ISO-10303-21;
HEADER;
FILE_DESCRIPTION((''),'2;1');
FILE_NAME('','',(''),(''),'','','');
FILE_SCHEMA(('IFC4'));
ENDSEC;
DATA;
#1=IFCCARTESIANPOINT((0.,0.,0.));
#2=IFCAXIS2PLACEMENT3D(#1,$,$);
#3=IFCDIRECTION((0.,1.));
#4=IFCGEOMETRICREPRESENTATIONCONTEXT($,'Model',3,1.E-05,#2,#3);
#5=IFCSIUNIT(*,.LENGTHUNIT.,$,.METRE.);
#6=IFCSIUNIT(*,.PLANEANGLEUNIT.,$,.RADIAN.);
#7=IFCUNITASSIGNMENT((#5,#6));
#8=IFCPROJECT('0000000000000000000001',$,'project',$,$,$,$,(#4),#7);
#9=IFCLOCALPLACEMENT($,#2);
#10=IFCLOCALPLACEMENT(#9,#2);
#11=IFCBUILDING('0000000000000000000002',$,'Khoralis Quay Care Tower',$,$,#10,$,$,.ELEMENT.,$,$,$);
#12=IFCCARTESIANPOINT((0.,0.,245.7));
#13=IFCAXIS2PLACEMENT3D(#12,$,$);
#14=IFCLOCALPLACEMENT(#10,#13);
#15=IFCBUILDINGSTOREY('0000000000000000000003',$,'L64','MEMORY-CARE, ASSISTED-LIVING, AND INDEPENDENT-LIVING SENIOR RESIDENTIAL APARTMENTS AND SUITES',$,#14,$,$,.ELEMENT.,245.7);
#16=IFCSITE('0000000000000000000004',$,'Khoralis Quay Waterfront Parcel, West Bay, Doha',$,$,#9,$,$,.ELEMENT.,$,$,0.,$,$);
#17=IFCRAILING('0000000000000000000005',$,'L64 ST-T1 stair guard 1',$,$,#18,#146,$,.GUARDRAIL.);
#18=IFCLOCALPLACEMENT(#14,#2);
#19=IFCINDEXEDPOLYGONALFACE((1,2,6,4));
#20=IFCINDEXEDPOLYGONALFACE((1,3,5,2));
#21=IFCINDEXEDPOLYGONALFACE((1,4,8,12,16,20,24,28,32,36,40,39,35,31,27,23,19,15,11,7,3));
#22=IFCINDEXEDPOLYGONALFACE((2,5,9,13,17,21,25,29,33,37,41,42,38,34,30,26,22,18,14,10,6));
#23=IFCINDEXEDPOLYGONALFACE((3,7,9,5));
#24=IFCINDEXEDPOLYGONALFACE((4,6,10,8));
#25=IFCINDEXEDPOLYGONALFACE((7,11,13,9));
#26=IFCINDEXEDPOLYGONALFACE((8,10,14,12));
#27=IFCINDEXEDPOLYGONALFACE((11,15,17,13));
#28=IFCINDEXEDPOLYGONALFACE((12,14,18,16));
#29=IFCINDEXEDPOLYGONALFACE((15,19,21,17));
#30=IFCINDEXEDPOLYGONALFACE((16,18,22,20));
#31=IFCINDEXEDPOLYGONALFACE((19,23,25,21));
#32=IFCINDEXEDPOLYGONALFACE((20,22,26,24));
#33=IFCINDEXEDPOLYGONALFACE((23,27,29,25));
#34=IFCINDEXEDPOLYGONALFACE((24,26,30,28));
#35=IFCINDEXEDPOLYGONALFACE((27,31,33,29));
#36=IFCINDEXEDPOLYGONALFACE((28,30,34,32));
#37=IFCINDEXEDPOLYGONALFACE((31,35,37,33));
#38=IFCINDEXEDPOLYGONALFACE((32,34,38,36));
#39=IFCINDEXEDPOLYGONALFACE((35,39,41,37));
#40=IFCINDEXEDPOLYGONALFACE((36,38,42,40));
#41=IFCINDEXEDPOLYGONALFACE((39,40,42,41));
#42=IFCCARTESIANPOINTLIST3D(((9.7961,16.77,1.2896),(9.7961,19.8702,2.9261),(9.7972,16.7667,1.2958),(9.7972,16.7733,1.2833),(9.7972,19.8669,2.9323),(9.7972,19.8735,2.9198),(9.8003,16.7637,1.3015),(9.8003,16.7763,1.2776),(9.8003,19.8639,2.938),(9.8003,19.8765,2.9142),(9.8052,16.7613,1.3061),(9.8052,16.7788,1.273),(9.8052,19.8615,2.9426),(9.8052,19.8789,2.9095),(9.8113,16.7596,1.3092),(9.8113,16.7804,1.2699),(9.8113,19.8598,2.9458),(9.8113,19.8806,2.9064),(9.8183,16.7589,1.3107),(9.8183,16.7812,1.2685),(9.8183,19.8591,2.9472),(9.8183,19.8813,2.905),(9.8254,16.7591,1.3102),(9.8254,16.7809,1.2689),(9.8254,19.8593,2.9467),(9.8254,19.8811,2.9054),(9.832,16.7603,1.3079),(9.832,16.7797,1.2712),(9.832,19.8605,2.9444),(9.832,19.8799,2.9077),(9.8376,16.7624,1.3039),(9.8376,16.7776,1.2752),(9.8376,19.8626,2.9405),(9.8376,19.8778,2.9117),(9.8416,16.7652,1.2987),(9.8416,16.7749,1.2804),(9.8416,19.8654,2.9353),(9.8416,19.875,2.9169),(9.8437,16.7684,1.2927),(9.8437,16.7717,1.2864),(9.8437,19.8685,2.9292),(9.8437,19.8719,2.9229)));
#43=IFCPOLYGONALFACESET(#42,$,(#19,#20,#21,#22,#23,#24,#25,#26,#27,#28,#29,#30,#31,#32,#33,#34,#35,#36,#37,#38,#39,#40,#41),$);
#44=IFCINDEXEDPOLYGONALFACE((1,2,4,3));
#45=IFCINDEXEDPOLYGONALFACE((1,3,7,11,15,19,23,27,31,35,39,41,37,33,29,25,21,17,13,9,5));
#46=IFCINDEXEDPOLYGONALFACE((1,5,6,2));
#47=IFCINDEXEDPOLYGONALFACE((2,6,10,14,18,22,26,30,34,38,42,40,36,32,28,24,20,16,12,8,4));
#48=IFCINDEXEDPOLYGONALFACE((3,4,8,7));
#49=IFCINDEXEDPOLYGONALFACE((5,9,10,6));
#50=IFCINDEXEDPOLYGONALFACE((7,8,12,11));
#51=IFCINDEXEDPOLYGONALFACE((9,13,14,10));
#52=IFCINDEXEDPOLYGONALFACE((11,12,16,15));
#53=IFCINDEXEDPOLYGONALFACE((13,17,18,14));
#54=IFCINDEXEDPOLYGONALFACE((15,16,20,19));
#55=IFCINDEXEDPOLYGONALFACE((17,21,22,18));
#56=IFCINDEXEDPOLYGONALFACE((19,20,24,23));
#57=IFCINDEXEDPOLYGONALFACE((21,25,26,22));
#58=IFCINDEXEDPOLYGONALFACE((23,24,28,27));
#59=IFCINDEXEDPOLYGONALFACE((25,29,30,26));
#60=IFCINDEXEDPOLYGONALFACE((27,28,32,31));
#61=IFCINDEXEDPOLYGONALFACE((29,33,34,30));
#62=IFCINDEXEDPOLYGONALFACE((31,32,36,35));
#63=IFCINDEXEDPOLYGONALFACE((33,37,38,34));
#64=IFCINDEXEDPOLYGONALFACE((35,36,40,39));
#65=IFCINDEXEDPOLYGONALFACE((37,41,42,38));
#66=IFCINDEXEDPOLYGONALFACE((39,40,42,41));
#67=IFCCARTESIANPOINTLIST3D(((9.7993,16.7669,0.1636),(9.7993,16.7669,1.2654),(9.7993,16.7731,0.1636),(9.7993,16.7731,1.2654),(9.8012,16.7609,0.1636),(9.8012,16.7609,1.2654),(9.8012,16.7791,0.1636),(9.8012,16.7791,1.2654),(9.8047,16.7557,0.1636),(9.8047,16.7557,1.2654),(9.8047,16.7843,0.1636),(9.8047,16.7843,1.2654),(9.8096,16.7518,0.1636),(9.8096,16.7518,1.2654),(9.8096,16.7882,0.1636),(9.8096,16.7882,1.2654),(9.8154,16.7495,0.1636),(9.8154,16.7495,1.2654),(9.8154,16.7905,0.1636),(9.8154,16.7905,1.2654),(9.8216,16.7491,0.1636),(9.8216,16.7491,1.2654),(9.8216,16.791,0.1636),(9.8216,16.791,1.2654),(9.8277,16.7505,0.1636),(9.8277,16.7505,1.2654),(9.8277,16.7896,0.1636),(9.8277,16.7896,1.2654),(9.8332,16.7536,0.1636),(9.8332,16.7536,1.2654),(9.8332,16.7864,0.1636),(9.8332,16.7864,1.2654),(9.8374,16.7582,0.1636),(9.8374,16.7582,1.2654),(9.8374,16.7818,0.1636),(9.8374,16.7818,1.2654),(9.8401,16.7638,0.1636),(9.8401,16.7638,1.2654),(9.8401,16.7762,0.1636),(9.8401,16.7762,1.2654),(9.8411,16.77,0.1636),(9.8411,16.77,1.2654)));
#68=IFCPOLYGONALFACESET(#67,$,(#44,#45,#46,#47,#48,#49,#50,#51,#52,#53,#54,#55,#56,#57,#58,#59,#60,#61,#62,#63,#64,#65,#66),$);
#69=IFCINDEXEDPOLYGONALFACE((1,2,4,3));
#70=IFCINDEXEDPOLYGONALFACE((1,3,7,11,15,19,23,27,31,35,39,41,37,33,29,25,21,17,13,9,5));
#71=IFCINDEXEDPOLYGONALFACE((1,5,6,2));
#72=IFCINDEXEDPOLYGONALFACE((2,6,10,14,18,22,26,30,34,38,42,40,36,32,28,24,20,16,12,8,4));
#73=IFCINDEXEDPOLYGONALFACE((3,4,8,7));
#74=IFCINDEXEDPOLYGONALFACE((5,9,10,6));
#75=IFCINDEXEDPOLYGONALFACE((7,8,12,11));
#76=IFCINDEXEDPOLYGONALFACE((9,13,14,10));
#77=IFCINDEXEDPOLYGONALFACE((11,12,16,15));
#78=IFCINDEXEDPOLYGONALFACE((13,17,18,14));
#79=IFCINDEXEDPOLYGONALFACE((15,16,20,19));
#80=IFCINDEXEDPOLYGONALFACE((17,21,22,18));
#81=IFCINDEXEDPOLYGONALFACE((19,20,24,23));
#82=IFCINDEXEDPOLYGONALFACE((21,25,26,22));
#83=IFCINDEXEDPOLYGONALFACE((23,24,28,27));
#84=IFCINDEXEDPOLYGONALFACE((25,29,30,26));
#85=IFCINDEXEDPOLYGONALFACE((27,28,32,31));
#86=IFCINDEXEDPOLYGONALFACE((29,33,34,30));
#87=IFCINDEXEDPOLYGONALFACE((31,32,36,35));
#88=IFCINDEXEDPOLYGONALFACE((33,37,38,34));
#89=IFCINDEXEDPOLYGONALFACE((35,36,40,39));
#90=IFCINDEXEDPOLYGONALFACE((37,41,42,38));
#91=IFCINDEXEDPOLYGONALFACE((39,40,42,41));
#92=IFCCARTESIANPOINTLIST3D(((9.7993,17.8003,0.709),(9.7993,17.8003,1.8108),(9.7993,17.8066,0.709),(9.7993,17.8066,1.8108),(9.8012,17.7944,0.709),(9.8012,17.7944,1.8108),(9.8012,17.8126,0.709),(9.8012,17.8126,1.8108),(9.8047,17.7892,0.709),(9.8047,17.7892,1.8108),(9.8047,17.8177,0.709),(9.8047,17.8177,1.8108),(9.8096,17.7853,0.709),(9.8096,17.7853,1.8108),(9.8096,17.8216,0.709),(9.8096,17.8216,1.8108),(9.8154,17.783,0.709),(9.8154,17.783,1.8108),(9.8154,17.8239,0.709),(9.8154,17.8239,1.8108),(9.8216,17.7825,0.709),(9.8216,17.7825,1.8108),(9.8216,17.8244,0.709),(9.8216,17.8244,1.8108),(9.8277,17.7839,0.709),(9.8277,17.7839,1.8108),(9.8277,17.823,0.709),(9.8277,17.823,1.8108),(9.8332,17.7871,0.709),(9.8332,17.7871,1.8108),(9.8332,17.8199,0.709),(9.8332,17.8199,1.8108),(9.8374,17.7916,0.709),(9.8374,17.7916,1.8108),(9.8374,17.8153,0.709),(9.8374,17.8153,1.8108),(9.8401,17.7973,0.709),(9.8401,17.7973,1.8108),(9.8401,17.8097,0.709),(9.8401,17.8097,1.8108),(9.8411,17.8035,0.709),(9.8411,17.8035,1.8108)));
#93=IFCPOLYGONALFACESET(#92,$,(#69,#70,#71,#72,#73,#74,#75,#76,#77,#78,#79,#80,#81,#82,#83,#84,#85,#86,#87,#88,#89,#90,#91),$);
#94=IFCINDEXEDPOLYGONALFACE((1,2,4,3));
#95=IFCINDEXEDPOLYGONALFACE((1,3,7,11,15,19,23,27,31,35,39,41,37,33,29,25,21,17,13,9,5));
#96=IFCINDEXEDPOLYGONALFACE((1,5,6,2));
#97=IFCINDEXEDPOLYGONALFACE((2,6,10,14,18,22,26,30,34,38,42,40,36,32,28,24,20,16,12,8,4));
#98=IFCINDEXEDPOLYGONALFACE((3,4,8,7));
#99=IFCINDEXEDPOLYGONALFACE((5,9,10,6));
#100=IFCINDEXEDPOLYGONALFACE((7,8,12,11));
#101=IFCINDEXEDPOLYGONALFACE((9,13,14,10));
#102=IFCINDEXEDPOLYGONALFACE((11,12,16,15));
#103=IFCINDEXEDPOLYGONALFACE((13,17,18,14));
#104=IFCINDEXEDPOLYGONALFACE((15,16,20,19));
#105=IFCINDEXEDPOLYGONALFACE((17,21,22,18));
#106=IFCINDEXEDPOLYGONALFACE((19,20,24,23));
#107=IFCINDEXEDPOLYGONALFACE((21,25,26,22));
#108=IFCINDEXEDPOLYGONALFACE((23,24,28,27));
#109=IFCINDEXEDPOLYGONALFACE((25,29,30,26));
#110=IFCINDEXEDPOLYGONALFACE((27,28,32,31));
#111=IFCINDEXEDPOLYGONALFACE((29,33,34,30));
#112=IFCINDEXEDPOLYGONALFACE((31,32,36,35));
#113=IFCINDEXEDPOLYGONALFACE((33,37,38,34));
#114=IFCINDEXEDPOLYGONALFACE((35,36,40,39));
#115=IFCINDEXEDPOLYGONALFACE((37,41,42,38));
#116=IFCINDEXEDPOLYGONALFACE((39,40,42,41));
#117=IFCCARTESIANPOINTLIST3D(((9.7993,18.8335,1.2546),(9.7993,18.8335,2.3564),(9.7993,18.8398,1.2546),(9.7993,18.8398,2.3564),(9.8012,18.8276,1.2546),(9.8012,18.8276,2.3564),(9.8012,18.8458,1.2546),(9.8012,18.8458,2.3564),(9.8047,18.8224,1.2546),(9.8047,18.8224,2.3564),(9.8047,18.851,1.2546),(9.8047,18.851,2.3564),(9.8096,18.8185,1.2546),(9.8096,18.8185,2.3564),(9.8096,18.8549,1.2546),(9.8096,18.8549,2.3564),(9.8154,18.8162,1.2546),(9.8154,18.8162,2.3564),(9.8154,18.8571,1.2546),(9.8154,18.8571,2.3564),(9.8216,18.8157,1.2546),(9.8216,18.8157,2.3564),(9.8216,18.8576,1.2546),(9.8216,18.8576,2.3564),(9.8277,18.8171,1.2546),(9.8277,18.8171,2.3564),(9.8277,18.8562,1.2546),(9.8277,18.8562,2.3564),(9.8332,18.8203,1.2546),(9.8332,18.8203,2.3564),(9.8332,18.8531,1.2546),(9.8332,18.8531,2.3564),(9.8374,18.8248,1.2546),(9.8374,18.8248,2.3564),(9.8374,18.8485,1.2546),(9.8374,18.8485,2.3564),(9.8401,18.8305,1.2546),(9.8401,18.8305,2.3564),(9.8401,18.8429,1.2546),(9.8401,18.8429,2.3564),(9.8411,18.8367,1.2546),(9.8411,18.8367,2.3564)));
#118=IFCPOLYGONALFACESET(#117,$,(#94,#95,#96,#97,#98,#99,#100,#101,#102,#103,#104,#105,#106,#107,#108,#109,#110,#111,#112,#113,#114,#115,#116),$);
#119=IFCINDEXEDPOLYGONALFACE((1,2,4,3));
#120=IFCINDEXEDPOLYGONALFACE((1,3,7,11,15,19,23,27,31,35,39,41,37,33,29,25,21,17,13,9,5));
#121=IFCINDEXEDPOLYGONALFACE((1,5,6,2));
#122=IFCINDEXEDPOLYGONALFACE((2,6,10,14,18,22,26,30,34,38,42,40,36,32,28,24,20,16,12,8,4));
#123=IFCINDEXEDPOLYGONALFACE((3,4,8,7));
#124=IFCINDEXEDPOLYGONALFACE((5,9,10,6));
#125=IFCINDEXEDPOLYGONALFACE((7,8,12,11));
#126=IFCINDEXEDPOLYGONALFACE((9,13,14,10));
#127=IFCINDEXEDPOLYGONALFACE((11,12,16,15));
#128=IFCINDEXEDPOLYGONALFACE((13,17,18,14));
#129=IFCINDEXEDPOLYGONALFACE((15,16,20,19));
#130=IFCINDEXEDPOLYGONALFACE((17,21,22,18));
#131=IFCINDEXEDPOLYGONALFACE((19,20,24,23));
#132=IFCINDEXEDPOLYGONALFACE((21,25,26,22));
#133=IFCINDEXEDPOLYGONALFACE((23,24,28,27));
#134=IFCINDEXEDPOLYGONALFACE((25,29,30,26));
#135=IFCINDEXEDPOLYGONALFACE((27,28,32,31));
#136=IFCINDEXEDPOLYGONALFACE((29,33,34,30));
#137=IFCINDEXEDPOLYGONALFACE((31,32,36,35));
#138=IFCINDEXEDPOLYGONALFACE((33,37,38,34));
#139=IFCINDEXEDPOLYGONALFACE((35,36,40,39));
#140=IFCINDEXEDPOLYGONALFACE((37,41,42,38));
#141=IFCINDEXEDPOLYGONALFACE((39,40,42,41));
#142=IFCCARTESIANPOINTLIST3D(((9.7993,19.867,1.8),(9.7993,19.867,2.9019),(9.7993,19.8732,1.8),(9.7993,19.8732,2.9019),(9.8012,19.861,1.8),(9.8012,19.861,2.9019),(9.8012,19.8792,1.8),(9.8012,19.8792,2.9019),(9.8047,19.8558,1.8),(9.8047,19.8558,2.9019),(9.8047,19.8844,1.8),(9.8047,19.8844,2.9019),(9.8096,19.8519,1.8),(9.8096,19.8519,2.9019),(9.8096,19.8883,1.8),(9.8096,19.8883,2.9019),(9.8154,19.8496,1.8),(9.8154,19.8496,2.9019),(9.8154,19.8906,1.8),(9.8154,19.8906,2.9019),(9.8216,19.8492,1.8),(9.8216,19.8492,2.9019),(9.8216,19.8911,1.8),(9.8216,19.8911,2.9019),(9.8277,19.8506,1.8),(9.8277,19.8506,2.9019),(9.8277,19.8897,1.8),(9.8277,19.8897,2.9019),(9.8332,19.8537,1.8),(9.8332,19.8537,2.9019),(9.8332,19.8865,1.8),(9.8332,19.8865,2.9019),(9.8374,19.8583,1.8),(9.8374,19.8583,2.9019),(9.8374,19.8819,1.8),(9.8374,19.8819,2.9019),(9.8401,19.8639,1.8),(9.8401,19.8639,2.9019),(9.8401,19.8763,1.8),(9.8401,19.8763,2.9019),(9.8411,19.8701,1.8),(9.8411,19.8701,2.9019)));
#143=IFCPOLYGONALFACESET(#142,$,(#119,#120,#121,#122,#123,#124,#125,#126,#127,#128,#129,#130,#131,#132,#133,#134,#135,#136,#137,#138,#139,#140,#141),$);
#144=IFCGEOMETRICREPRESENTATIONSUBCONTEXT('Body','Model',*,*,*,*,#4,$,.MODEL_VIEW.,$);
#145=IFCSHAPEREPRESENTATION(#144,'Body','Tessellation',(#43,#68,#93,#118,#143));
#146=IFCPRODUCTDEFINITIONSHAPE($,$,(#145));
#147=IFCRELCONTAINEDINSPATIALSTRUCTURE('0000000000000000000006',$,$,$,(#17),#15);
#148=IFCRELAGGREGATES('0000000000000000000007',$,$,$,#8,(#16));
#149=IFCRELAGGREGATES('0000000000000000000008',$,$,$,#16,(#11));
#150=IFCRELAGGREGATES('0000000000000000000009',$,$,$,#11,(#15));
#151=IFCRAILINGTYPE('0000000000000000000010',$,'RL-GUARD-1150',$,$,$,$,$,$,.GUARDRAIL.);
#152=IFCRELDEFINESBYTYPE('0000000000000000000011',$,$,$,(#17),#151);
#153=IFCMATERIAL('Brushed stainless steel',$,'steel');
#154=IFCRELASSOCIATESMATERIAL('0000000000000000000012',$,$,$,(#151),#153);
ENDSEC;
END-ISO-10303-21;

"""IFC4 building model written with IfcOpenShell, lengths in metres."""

from ifc_helpers import new_model, si_unit, direction, frame, origin, origin_2d, place, context, subcontext, project, spatial, circle, extrude, material, type_object, element, save


model = new_model("IFC4")

# Units and contexts
model_context = context("Model", 3, precision=1e-05, world=origin(), true_north=direction((0.0, 1.0)))
body_context = subcontext(model_context, "Body", "Model", "MODEL_VIEW")
ifc_project = project(units=[si_unit("LENGTHUNIT", "METRE"), si_unit("PLANEANGLEUNIT", "RADIAN")], contexts=[model_context])

# Site, building, storey
site_placement = place(None, origin())
site = spatial("IfcSite", under=ifc_project, at=site_placement, Name="Khoralis Quay Waterfront Parcel, West Bay, Doha", CompositionType="ELEMENT", RefElevation=0.0)
building_placement = place(site_placement, origin())
building = spatial("IfcBuilding", under=site, at=building_placement, Name="Khoralis Quay Care Tower", CompositionType="ELEMENT")
storey_placement = place(building_placement, frame((0.0, 0.0, 245.7)))
storey = spatial("IfcBuildingStorey", under=building, at=storey_placement, Name="L64", Description="MEMORY-CARE, ASSISTED-LIVING, AND INDEPENDENT-LIVING SENIOR RESIDENTIAL APARTMENTS AND SUITES", CompositionType="ELEMENT", Elevation=245.7)

# Shared definitions
ifc_material_1 = material(Name="Brushed stainless steel", Category="steel")

# Railing
railing_type_1 = type_object("IfcRailingType", Name="RL-GUARD-1150", PredefinedType="GUARDRAIL", material=ifc_material_1)
railing_1_placement = place(storey_placement, frame((9.8201, 16.77, 0.1636)))
element("IfcRailing", 1, at=railing_1_placement, inside=storey, type_object=railing_type_1, Name="L64 ST-T1 stair guard 1", PredefinedType="GUARDRAIL", context=body_context, shape_type="SweptSolid", body=[
    extrude(circle(Radius=0.0239, at=origin_2d()), frame((0.0, 0.0, 1.126), z_axis=(0.0, 0.884348, 0.466828), x_axis=(-1.0, 0.0, 0.0)), (0.0, 0.0, 1.0), 3.5056),
    extrude(circle(Radius=0.021, at=origin_2d()), origin(), (0.0, 0.0, 1.0), 1.1018),
    extrude(circle(Radius=0.021, at=origin_2d()), frame((0.0, 1.0334, 0.5454)), (0.0, 0.0, 1.0), 1.1018),
    extrude(circle(Radius=0.021, at=origin_2d()), frame((0.0, 2.0667, 1.0911)), (0.0, 0.0, 1.0), 1.1018),
    extrude(circle(Radius=0.021, at=origin_2d()), frame((0.0, 3.1001, 1.6365)), (0.0, 0.0, 1.0), 1.1018),
])

save(model, "model.ifc")
